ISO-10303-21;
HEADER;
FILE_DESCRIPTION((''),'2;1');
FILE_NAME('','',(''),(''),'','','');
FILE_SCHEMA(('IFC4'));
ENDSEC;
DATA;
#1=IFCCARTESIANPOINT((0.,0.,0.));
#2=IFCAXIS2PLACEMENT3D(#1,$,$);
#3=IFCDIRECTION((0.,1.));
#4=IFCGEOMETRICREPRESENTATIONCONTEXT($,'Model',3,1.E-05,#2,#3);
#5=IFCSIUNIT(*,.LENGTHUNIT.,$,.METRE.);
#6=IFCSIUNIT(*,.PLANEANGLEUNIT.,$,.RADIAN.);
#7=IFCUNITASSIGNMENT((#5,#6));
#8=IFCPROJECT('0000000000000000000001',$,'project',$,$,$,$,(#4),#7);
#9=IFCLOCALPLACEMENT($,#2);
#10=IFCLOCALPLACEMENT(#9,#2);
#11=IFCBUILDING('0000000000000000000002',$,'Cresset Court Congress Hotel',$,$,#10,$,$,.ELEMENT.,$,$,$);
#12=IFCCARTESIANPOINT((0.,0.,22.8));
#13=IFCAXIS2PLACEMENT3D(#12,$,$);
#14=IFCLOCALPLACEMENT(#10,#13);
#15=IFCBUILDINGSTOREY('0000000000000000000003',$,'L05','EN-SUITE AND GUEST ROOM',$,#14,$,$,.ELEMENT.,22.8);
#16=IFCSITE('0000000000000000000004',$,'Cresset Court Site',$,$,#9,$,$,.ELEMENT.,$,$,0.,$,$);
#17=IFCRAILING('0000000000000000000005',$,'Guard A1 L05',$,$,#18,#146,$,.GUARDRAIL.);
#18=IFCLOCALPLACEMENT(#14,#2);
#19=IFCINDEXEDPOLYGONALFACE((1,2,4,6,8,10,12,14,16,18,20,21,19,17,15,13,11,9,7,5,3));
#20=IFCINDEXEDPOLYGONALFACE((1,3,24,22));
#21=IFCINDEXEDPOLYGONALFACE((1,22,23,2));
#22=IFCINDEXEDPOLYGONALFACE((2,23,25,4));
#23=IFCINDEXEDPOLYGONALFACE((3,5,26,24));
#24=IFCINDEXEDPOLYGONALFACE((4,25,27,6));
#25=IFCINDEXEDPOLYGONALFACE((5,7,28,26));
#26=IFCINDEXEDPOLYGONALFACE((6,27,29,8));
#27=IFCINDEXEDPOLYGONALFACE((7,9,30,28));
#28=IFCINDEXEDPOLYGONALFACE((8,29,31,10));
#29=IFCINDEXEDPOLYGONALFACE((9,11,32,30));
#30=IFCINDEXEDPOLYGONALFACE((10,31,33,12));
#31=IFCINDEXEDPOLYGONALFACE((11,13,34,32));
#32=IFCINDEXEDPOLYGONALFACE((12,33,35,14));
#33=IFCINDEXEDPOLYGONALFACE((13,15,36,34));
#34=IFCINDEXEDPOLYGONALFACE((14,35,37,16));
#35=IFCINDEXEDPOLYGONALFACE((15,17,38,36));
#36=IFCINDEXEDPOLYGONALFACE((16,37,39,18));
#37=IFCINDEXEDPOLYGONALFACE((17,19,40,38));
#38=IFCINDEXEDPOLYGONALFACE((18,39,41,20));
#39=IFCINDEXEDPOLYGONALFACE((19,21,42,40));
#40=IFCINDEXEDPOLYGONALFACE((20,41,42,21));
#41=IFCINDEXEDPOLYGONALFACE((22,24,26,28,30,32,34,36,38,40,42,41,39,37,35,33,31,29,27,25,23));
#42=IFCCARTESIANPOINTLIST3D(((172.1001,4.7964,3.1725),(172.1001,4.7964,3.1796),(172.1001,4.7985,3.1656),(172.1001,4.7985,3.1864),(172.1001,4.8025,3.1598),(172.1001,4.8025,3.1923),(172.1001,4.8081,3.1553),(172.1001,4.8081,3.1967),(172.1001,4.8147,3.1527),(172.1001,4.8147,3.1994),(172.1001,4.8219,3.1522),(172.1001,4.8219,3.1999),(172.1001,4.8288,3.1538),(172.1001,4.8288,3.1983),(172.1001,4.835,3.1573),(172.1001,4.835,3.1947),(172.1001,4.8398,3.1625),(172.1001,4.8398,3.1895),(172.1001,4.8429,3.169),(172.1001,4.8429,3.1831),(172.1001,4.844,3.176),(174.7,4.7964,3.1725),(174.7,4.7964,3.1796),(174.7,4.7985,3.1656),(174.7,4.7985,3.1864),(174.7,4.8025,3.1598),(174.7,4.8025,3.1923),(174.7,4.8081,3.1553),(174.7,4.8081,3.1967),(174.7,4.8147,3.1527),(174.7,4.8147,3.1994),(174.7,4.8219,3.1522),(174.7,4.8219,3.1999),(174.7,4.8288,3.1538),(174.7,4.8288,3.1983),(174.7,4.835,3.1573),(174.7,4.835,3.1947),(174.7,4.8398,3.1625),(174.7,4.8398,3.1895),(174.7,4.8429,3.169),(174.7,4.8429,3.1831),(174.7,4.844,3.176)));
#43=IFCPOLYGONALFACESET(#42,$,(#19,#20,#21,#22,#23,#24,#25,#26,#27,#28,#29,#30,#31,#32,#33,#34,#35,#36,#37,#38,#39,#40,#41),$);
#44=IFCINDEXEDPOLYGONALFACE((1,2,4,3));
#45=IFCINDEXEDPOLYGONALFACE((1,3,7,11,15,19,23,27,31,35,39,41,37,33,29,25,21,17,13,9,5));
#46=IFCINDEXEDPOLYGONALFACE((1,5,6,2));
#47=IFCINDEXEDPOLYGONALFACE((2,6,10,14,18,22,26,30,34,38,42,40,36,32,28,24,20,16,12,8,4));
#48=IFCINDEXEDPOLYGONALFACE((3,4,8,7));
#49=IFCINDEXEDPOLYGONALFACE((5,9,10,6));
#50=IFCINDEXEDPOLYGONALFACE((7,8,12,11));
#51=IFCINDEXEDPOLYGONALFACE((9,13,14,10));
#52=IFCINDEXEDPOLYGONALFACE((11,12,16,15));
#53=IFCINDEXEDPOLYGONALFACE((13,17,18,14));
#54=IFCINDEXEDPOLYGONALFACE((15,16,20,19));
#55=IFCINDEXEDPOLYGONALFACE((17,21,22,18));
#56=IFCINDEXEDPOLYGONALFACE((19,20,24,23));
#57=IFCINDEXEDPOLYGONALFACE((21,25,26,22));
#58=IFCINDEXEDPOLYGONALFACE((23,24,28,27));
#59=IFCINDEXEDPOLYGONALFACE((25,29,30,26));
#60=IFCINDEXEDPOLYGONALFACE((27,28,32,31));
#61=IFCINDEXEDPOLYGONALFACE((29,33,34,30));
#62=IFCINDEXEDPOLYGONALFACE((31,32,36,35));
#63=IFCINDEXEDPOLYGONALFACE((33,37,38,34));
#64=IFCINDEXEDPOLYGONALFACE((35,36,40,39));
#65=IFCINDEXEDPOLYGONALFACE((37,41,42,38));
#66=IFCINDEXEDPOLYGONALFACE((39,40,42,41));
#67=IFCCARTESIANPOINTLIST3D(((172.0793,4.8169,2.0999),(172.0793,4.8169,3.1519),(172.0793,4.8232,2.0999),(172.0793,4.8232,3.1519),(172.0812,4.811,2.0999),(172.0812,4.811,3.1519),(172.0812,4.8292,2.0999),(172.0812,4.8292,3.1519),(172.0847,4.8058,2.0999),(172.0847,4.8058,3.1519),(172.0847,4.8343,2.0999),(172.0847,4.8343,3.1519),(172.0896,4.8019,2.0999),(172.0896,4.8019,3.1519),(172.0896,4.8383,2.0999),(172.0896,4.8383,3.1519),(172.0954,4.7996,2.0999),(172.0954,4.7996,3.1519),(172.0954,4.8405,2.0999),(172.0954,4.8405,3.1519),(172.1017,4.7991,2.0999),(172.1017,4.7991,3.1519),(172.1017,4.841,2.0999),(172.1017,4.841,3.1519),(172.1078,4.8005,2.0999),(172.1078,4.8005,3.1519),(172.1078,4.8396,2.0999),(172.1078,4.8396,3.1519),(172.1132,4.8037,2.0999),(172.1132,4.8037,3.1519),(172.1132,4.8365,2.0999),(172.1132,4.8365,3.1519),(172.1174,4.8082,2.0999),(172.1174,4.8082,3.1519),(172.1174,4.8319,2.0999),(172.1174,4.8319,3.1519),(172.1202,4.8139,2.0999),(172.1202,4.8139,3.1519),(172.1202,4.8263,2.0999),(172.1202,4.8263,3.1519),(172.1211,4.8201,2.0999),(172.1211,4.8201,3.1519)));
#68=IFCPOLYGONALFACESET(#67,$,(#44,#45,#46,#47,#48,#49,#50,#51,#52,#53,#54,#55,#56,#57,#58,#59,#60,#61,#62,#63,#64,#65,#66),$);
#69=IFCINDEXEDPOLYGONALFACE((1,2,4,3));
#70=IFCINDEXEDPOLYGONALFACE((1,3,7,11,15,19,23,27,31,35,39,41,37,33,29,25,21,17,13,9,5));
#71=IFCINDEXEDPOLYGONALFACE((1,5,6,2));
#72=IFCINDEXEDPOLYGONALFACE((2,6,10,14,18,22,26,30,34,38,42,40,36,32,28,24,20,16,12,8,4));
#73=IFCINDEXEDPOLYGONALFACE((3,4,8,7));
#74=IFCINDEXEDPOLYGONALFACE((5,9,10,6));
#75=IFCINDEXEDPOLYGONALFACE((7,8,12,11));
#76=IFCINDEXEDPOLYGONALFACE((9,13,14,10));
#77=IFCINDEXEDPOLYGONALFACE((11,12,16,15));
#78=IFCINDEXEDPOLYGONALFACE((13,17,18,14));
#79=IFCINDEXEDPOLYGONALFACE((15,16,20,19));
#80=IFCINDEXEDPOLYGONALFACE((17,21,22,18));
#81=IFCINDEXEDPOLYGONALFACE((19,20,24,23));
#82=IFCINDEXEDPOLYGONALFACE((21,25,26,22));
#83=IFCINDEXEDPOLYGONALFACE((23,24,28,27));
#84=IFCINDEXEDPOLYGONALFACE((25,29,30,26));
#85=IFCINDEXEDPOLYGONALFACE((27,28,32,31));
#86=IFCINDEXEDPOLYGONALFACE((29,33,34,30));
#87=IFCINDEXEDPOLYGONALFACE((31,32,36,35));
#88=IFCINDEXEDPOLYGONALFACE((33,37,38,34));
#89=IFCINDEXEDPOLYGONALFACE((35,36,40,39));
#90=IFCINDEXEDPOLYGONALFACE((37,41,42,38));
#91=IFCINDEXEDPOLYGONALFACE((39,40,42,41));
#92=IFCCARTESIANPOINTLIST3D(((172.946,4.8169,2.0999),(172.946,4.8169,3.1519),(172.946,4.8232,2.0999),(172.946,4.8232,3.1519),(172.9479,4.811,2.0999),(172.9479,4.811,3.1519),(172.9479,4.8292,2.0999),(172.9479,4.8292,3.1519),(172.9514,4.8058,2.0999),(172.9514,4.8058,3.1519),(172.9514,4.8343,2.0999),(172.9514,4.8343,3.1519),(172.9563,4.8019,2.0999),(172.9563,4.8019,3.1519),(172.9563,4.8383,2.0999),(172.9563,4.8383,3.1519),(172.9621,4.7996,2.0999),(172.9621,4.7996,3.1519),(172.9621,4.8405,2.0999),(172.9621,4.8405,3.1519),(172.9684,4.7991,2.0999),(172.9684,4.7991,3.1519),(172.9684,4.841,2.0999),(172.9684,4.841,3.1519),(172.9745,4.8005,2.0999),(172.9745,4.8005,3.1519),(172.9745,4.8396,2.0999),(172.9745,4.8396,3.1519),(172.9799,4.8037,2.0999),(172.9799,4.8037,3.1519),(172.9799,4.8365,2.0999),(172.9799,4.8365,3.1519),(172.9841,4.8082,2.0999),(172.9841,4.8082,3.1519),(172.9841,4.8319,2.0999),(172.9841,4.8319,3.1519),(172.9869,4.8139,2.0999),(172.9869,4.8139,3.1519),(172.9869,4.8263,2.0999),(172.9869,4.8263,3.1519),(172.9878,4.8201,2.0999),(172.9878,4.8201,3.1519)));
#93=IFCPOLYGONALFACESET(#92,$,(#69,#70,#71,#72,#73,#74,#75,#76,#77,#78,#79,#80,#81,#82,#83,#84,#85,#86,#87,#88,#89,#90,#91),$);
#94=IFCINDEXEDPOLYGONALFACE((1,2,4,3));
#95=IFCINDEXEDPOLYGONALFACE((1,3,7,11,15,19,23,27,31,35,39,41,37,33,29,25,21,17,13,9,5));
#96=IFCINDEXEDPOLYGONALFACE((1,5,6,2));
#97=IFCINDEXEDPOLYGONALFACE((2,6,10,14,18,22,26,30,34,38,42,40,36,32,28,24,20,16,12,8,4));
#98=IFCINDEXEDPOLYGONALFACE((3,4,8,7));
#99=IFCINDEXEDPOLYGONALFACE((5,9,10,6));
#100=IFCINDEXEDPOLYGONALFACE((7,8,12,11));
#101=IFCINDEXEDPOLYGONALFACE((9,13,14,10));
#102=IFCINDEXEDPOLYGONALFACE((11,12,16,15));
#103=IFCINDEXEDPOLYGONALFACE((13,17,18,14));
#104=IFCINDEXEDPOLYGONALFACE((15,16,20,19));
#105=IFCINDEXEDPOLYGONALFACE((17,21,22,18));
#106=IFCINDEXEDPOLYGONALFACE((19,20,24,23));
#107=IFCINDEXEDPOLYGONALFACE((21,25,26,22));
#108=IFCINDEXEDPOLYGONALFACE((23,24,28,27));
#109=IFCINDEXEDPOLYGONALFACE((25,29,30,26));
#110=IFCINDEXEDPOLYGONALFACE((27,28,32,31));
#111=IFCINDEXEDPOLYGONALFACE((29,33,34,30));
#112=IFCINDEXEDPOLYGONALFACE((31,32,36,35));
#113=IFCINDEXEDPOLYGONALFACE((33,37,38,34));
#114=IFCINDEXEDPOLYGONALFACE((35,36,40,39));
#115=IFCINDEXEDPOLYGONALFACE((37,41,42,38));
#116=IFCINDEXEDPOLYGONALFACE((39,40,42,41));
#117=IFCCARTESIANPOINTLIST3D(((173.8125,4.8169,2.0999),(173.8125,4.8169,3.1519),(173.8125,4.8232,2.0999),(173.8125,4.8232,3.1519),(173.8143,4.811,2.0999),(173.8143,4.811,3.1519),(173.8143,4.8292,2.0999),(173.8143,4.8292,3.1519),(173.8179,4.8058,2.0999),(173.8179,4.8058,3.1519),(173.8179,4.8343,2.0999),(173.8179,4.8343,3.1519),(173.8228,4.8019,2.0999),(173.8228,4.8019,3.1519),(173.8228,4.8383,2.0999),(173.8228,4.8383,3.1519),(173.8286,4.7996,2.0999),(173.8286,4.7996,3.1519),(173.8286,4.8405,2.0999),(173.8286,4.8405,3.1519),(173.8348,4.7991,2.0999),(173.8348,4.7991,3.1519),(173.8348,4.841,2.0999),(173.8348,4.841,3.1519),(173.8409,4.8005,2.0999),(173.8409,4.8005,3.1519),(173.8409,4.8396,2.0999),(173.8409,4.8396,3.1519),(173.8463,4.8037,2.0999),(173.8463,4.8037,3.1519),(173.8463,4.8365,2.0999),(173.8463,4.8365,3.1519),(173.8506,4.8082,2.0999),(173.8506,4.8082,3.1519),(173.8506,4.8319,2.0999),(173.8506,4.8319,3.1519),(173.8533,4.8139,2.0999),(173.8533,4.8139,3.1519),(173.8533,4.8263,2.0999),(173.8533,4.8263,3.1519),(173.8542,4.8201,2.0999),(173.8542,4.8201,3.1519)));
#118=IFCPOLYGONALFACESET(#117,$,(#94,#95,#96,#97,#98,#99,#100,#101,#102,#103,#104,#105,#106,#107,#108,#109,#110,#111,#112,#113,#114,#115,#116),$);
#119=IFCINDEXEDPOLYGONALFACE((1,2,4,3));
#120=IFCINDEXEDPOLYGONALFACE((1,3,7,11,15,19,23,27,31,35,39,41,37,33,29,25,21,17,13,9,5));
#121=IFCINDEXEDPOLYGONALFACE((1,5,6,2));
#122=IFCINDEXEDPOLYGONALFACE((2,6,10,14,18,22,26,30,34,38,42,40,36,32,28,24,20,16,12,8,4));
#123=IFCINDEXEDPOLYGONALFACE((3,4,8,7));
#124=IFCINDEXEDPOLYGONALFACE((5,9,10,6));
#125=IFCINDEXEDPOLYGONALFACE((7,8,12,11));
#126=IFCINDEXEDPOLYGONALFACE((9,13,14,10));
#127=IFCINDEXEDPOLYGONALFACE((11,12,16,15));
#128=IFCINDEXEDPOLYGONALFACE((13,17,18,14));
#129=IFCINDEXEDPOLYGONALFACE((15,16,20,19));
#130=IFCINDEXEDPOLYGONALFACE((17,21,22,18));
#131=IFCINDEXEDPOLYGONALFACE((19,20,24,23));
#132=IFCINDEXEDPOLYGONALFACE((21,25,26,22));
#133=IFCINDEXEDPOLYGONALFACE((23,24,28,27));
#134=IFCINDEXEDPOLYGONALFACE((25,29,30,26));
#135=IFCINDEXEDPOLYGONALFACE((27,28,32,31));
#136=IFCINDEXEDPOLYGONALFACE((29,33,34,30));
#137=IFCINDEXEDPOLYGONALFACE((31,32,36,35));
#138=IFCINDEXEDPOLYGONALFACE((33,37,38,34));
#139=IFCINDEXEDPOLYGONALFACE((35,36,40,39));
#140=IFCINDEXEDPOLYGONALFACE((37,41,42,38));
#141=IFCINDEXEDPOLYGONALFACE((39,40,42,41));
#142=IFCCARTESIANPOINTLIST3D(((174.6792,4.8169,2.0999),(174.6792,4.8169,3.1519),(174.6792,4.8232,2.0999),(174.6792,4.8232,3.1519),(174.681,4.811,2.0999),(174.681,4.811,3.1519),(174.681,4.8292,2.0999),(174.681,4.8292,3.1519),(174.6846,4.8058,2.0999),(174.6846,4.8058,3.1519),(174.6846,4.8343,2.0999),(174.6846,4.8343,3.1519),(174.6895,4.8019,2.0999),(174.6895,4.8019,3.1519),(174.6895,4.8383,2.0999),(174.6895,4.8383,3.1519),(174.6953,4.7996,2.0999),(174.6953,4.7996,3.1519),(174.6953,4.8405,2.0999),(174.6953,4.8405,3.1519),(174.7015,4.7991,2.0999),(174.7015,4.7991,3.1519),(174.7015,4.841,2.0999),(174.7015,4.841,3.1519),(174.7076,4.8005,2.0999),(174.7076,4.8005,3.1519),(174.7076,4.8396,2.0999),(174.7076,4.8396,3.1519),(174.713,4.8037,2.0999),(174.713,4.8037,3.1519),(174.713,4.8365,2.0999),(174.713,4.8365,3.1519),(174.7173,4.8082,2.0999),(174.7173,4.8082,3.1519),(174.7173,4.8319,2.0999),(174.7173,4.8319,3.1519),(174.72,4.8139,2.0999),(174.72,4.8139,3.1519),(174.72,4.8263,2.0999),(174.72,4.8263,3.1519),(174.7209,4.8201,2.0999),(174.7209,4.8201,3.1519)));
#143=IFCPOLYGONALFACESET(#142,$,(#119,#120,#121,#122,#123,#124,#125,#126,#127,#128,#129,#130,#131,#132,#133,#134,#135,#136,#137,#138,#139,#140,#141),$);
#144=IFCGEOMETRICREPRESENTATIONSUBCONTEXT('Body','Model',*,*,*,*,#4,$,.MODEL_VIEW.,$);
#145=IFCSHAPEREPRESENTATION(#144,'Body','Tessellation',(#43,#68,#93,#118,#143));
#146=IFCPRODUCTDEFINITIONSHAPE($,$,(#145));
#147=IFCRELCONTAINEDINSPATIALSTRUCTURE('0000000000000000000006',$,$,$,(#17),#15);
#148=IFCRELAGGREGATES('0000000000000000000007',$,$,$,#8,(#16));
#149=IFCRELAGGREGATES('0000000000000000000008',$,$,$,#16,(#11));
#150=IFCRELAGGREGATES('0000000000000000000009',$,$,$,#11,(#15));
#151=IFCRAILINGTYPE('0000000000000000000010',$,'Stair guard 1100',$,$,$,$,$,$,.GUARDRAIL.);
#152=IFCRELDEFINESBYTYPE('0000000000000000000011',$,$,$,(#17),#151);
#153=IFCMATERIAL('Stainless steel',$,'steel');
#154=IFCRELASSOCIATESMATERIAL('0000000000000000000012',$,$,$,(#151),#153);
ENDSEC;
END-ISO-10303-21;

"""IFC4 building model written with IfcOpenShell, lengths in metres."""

from ifc_helpers import new_model, si_unit, direction, frame, origin, origin_2d, place, context, subcontext, project, spatial, circle, extrude, material, type_object, element, save


model = new_model("IFC4")

# Units and contexts
model_context = context("Model", 3, precision=1e-05, world=origin(), true_north=direction((0.0, 1.0)))
body_context = subcontext(model_context, "Body", "Model", "MODEL_VIEW")
ifc_project = project(units=[si_unit("LENGTHUNIT", "METRE"), si_unit("PLANEANGLEUNIT", "RADIAN")], contexts=[model_context])

# Site, building, storey
site_placement = place(None, origin())
site = spatial("IfcSite", under=ifc_project, at=site_placement, Name="Cresset Court Site", CompositionType="ELEMENT", RefElevation=0.0)
building_placement = place(site_placement, origin())
building = spatial("IfcBuilding", under=site, at=building_placement, Name="Cresset Court Congress Hotel", CompositionType="ELEMENT")
storey_placement = place(building_placement, frame((0.0, 0.0, 22.8)))
storey = spatial("IfcBuildingStorey", under=building, at=storey_placement, Name="L05", Description="EN-SUITE AND GUEST ROOM", CompositionType="ELEMENT", Elevation=22.8)

# Railing
ifc_material_1 = material(Name="Stainless steel", Category="steel")
railing_type_1 = type_object("IfcRailingType", Name="Stair guard 1100", PredefinedType="GUARDRAIL", material=ifc_material_1)
railing_1_placement = place(storey_placement, frame((172.1001, 4.8201, 2.0999)))
element("IfcRailing", 1, at=railing_1_placement, inside=storey, type_object=railing_type_1, Name="Guard A1 L05", PredefinedType="GUARDRAIL", context=body_context, shape_type="SweptSolid", body=[
    extrude(circle(Radius=0.0239, at=origin_2d()), frame((0.0, 0.0, 1.0762), z_axis=(1.0, 0.0, 0.0), x_axis=(0.0, 1.0, 0.0)), (0.0, 0.0, 1.0), 2.5999),
    extrude(circle(Radius=0.021, at=origin_2d()), origin(), (0.0, 0.0, 1.0), 1.052),
    extrude(circle(Radius=0.021, at=origin_2d()), frame((0.8667, 0.0, 0.0)), (0.0, 0.0, 1.0), 1.052),
    extrude(circle(Radius=0.021, at=origin_2d()), frame((1.7332, 0.0, 0.0)), (0.0, 0.0, 1.0), 1.052),
    extrude(circle(Radius=0.021, at=origin_2d()), frame((2.5999, 0.0, 0.0)), (0.0, 0.0, 1.0), 1.052),
])

save(model, "model.ifc")
